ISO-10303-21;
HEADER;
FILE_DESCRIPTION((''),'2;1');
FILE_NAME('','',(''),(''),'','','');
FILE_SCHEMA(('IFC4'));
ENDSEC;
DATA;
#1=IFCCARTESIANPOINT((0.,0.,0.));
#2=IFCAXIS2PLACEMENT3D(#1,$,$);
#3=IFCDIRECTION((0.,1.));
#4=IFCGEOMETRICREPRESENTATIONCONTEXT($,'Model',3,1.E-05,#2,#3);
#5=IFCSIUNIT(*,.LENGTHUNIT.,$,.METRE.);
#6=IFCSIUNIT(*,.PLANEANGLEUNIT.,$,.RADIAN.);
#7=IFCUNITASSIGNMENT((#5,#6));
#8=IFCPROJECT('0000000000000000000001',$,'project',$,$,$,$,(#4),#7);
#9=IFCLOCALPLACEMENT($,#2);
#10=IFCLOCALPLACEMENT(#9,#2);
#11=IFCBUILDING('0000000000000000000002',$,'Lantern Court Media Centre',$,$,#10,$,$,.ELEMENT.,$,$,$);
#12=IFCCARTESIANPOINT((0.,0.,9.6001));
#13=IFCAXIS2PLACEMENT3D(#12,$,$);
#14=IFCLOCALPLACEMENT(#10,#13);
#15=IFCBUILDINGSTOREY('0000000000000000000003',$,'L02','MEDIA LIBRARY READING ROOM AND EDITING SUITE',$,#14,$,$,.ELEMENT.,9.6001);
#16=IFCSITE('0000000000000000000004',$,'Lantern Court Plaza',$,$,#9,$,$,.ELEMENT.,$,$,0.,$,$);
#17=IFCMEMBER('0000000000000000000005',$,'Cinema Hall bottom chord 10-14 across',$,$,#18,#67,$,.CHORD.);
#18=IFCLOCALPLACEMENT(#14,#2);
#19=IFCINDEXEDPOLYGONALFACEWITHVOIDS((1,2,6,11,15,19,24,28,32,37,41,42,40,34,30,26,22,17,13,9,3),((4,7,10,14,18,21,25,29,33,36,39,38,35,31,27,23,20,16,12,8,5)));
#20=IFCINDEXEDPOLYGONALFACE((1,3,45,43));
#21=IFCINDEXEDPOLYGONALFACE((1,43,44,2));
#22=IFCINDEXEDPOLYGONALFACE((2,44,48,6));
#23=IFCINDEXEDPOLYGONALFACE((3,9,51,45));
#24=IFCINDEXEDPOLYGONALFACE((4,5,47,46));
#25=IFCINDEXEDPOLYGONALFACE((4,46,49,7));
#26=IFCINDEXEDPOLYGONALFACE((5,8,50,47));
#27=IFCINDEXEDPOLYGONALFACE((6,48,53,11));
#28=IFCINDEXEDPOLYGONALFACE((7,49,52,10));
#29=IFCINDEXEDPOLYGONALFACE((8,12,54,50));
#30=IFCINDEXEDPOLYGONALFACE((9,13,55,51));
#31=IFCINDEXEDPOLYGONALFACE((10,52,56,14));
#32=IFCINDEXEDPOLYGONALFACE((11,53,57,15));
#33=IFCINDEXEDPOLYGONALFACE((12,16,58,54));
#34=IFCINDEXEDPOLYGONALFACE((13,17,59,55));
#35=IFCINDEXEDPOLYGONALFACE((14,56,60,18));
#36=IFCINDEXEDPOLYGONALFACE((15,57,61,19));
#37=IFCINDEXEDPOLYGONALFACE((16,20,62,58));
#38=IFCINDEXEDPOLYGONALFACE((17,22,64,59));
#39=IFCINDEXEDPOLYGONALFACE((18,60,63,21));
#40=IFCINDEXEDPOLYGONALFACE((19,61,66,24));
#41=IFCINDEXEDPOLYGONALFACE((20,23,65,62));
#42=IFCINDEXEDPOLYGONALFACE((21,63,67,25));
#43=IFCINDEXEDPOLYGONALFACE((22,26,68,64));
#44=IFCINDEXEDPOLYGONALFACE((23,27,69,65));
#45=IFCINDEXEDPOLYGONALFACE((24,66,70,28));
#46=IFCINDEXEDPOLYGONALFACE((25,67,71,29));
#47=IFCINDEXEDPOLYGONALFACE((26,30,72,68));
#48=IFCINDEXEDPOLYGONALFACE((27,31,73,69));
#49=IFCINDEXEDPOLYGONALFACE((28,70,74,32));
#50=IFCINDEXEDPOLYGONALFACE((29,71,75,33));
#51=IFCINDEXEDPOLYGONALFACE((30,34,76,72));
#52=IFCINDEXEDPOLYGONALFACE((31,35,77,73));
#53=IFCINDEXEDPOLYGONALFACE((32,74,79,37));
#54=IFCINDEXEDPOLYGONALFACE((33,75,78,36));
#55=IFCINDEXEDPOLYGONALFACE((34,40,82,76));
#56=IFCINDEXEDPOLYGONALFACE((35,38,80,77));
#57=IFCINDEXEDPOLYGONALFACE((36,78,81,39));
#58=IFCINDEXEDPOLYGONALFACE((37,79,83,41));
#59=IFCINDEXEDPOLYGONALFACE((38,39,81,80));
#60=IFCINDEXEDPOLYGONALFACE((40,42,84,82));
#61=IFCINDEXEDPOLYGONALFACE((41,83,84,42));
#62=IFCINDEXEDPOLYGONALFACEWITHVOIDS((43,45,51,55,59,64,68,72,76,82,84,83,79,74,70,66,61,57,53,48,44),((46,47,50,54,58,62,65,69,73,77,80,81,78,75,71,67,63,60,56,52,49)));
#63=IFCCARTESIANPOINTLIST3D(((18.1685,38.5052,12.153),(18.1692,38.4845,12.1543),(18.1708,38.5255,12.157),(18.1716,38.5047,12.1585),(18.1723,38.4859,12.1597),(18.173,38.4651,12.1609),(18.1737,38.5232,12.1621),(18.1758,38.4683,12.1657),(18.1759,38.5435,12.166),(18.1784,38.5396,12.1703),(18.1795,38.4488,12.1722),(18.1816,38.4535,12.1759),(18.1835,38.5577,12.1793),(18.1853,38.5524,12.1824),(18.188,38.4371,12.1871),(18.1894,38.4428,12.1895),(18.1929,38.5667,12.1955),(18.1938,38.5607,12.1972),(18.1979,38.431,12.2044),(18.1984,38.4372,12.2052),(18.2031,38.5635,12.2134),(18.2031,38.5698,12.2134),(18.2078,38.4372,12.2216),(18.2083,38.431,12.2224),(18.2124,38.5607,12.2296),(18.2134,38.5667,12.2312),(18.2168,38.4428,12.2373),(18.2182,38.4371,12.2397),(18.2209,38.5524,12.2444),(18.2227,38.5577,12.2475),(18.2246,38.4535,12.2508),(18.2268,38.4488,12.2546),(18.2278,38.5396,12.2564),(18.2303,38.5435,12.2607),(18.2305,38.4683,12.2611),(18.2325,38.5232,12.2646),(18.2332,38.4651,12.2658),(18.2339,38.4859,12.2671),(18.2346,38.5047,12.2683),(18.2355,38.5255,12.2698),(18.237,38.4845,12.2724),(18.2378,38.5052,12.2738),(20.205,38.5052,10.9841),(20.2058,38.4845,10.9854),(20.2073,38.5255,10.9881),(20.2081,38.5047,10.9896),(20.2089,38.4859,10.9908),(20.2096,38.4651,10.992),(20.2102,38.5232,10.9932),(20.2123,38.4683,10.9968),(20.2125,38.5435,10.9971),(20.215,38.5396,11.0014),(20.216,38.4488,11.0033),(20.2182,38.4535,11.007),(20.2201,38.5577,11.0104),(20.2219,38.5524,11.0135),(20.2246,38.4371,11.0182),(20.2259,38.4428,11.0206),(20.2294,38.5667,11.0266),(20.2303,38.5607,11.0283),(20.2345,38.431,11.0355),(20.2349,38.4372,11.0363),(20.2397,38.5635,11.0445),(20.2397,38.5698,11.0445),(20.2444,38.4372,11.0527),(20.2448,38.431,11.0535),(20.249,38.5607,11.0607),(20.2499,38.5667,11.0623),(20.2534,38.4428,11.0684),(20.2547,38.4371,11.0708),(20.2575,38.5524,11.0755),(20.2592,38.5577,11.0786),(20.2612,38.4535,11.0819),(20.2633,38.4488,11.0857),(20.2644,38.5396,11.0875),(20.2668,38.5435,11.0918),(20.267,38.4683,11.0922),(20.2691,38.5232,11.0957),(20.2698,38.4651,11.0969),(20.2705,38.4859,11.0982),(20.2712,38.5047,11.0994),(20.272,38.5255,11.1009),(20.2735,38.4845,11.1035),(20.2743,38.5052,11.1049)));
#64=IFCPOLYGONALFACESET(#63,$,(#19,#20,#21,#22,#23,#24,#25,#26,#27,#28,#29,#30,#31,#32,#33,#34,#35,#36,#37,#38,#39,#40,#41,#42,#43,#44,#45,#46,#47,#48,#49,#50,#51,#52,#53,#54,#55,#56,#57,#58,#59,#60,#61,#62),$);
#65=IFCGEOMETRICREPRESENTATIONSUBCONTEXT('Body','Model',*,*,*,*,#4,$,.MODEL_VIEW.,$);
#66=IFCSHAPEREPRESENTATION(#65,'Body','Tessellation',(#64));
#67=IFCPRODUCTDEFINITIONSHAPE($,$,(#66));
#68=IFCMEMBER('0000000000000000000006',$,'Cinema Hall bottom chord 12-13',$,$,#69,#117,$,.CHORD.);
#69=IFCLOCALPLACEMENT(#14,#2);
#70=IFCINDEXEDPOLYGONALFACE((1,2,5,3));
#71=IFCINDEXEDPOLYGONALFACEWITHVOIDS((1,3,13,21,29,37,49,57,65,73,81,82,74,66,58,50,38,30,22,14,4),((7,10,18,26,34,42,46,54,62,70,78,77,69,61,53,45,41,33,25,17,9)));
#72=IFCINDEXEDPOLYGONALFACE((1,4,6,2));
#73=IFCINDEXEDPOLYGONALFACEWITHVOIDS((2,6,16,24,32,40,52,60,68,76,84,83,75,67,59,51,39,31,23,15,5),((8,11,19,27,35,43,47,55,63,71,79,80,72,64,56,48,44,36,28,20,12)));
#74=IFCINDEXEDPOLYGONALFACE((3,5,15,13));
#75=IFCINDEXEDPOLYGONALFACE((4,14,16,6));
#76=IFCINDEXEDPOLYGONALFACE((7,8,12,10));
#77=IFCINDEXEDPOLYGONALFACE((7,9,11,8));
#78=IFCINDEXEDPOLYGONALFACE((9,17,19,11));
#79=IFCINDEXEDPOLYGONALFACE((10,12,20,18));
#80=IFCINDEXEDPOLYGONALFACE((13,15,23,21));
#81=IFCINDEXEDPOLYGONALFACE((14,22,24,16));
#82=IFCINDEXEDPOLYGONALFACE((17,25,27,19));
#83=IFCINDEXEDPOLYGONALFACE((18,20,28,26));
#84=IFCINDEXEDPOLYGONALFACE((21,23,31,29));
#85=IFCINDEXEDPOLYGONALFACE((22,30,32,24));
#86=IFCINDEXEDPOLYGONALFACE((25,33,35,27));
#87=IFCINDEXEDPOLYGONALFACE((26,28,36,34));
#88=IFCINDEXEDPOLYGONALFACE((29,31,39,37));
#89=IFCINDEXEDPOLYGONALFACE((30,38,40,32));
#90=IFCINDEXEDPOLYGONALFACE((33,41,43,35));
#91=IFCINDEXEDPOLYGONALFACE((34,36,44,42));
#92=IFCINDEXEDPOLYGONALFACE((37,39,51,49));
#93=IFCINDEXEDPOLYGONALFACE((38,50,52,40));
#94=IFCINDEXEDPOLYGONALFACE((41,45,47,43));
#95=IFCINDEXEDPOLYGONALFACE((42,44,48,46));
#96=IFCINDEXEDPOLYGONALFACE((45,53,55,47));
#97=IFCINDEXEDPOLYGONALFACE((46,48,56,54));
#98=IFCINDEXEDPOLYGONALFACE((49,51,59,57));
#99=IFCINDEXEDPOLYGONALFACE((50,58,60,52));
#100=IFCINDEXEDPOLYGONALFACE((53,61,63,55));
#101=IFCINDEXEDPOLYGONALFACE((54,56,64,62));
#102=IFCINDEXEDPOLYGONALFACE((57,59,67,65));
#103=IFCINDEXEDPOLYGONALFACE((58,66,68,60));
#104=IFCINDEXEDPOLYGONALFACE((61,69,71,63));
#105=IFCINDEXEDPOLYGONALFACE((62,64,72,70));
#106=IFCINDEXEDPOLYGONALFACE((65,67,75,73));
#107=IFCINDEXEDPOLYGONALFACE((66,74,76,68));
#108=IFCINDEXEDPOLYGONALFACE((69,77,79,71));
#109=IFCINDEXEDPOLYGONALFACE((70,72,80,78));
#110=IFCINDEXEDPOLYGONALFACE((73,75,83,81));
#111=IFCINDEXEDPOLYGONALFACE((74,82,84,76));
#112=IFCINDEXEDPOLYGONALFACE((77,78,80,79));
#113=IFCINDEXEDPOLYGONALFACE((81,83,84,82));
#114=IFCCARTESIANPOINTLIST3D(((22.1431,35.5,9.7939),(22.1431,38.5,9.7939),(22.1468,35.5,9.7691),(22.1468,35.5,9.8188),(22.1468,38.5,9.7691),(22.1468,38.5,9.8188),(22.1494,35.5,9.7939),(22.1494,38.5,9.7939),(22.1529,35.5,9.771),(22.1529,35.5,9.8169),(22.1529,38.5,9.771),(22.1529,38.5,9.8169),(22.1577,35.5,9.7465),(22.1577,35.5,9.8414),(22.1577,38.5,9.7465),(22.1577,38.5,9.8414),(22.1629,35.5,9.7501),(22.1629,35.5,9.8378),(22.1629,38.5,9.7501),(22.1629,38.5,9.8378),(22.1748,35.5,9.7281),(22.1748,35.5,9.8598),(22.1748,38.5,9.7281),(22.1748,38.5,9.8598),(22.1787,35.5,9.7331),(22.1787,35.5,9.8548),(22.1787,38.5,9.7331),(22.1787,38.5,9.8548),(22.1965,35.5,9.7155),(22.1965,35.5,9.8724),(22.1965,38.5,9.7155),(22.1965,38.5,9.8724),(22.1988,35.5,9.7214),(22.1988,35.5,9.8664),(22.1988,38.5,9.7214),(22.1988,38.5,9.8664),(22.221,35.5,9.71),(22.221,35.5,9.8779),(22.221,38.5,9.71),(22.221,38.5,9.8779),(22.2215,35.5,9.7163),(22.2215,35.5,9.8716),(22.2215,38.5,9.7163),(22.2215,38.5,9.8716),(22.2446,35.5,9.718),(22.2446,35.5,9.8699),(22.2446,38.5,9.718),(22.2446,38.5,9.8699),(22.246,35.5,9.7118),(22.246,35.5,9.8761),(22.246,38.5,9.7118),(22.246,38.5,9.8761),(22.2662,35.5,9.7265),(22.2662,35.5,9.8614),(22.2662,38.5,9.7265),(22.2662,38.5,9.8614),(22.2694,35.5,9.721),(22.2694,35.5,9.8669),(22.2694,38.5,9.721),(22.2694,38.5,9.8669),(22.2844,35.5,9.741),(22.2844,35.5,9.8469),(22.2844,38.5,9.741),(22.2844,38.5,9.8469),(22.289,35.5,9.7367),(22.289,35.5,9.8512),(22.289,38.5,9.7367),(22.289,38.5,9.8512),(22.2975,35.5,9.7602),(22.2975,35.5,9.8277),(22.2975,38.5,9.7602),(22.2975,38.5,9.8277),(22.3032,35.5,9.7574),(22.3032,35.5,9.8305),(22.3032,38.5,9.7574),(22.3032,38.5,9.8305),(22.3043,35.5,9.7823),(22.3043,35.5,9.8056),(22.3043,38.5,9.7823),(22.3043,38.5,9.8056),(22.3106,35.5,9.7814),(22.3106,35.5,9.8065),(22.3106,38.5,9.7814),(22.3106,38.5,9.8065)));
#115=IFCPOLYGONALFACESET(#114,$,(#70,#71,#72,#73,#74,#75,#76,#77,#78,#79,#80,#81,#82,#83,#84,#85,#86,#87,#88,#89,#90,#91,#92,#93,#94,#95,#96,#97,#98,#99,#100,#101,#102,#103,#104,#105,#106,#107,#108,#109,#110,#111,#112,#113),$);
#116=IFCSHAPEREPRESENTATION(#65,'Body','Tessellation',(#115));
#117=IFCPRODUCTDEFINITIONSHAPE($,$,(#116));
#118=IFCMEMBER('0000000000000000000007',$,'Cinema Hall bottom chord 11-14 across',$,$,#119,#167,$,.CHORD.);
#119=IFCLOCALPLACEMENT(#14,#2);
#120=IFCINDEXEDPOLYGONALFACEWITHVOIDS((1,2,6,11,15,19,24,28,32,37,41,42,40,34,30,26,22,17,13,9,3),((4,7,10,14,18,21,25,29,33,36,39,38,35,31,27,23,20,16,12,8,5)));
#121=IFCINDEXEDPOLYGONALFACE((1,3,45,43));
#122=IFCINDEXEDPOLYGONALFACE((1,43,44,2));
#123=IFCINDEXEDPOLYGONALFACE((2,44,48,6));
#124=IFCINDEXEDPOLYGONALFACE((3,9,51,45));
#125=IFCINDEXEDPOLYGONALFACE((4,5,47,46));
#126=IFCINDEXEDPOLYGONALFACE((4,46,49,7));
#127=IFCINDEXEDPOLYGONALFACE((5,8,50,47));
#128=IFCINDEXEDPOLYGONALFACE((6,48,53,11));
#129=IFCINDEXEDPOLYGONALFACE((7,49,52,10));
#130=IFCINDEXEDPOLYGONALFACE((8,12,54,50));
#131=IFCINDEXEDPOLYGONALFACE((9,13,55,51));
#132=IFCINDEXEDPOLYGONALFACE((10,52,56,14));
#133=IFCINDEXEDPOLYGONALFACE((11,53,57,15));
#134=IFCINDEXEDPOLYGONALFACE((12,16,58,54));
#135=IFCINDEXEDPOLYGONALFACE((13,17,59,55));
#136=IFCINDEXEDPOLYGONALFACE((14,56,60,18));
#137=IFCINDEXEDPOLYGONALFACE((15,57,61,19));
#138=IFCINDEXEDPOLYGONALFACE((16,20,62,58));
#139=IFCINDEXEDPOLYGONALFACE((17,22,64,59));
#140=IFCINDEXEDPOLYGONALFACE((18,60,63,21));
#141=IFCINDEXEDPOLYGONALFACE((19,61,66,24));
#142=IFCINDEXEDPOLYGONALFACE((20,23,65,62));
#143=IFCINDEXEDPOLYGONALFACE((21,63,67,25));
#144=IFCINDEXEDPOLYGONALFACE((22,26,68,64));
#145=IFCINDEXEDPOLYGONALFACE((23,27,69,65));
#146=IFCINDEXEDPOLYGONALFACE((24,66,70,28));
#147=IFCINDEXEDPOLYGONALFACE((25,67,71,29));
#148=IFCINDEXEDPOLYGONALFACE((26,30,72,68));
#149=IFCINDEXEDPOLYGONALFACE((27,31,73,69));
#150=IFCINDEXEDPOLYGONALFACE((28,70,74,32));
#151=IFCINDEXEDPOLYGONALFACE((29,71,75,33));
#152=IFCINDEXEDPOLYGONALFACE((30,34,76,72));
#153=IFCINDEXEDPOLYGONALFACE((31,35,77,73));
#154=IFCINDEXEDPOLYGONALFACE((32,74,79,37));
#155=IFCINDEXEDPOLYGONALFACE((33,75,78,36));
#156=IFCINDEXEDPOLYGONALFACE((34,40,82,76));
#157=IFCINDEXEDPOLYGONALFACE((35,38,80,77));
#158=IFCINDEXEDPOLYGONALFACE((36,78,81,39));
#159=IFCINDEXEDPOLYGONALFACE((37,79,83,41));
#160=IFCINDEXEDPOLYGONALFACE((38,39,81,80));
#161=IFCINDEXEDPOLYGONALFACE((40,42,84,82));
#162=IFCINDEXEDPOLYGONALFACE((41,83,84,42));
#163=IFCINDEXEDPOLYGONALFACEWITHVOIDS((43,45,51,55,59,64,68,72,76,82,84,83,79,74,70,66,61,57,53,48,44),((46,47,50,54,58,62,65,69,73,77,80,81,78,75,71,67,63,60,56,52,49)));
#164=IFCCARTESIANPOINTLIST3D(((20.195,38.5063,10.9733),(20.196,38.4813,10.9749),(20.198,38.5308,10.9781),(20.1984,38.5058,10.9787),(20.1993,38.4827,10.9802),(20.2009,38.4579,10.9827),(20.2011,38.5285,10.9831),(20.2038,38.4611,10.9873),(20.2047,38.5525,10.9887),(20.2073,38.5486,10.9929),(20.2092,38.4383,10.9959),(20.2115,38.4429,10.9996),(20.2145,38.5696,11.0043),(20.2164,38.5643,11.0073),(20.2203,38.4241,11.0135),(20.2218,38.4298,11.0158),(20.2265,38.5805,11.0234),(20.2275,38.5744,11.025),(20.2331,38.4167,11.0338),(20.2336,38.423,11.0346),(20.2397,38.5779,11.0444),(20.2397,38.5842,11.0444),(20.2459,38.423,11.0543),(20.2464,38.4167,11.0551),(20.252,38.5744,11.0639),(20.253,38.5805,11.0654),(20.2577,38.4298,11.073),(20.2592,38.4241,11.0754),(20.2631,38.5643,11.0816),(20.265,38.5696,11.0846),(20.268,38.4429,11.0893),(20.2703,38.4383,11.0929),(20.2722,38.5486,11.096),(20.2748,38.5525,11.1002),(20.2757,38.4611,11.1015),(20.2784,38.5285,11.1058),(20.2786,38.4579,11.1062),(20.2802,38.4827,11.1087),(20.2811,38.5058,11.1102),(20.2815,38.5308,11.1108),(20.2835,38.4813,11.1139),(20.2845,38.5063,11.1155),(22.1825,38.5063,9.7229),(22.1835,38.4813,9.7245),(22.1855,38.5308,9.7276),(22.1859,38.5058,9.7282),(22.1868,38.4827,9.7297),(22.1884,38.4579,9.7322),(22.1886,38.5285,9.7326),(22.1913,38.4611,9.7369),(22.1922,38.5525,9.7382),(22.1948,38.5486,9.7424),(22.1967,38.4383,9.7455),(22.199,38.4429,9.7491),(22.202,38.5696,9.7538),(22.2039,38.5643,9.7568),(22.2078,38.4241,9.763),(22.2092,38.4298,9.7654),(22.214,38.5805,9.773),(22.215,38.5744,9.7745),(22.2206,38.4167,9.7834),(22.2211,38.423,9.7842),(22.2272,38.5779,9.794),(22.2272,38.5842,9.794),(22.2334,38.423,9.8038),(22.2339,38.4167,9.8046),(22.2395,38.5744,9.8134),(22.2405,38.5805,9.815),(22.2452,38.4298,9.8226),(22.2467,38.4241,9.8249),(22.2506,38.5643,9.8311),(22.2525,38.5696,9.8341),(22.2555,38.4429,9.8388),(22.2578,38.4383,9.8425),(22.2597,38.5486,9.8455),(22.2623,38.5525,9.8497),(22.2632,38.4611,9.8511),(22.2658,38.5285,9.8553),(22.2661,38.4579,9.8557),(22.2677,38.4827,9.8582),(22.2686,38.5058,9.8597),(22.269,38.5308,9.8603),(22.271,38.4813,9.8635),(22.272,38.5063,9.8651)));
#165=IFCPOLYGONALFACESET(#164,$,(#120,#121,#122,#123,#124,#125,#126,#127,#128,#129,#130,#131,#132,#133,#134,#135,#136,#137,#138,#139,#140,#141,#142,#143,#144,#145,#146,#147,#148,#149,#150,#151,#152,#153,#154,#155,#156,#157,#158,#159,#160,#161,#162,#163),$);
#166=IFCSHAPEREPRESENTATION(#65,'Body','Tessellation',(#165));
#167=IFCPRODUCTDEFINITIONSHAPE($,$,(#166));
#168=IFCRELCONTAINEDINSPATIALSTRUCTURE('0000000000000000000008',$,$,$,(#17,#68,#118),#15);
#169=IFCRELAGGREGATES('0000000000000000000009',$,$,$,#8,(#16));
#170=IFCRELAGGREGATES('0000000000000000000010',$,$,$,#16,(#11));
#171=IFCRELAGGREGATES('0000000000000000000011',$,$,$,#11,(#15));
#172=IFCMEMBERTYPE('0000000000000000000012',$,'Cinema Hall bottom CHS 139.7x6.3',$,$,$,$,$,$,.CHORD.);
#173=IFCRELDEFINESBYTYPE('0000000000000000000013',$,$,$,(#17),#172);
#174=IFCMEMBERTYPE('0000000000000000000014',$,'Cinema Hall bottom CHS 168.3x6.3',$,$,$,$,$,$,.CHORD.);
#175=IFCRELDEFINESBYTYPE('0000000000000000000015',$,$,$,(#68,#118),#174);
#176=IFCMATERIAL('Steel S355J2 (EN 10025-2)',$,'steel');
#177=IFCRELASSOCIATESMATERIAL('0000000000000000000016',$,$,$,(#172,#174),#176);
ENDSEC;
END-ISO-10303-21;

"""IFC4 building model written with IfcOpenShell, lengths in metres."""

from ifc_helpers import new_model, si_unit, direction, frame, origin, origin_2d, place, context, subcontext, project, spatial, hollow_circle, extrude, material, material_profile, profile_set, type_object, element, save


model = new_model("IFC4")

# Units and contexts
model_context = context("Model", 3, precision=1e-05, world=origin(), true_north=direction((0.0, 1.0)))
body_context = subcontext(model_context, "Body", "Model", "MODEL_VIEW")
ifc_project = project(units=[si_unit("LENGTHUNIT", "METRE"), si_unit("PLANEANGLEUNIT", "RADIAN")], contexts=[model_context])

# Site, building, storey
site_placement = place(None, origin())
site = spatial("IfcSite", under=ifc_project, at=site_placement, Name="Lantern Court Plaza", CompositionType="ELEMENT", RefElevation=0.0)
building_placement = place(site_placement, origin())
building = spatial("IfcBuilding", under=site, at=building_placement, Name="Lantern Court Media Centre", CompositionType="ELEMENT")
storey_placement = place(building_placement, frame((0.0, 0.0, 9.6001)))
storey = spatial("IfcBuildingStorey", under=building, at=storey_placement, Name="L02", Description="MEDIA LIBRARY READING ROOM AND EDITING SUITE", CompositionType="ELEMENT", Elevation=9.6001)

# Members
ifc_material = material(Name="Steel S355J2 (EN 10025-2)", Category="steel")
ifc_material_profile_1 = material_profile(ifc_material, hollow_circle(Radius=0.0698, WallThickness=0.0063, at=origin_2d()), Name="Cinema Hall bottom CHS 139.7x6.3")
ifc_profile_set_1 = profile_set([ifc_material_profile_1], Name="Steel S355J2 (EN 10025-2)")
member_type_1 = type_object("IfcMemberType", Name="Cinema Hall bottom CHS 139.7x6.3", PredefinedType="CHORD", material=ifc_profile_set_1)
member_1_placement = place(storey_placement, frame((18.2031, 38.5, 12.2134), z_axis=(0.867295, 0.0, -0.497795), x_axis=(0.0, 1.0, 0.0)))
element("IfcMember", 1, at=member_1_placement, inside=storey, type_object=member_type_1, Name="Cinema Hall bottom chord 10-14 across", PredefinedType="CHORD", context=body_context, shape_type="SweptSolid", body=[
    extrude(hollow_circle(Radius=0.0698, WallThickness=0.0063, at=origin_2d()), origin(), (0.0, 0.0, 1.0), 2.3481),
])
ifc_material_profile_2 = material_profile(ifc_material, hollow_circle(Radius=0.0842, WallThickness=0.0063, at=origin_2d()), Name="Cinema Hall bottom CHS 168.3x6.3")
ifc_profile_set_2 = profile_set([ifc_material_profile_2], Name="Steel S355J2 (EN 10025-2)")
member_type_2 = type_object("IfcMemberType", Name="Cinema Hall bottom CHS 168.3x6.3", PredefinedType="CHORD", material=ifc_profile_set_2)
member_2_placement = place(storey_placement, frame((22.2273, 35.5, 9.7939), z_axis=(0.0, 1.0, 0.0), x_axis=(-1.0, 0.0, 0.0)))
element("IfcMember", 2, at=member_2_placement, inside=storey, type_object=member_type_2, Name="Cinema Hall bottom chord 12-13", PredefinedType="CHORD", context=body_context, shape_type="SweptSolid", body=[
    extrude(hollow_circle(Radius=0.0842, WallThickness=0.0063, at=origin_2d()), origin(), (0.0, 0.0, 1.0), 3.0),
])
member_3_placement = place(storey_placement, frame((20.2397, 38.5, 11.0444), z_axis=(0.846412, 0.0, -0.532529), x_axis=(0.0, 1.0, 0.0)))
element("IfcMember", 3, at=member_3_placement, inside=storey, type_object=member_type_2, Name="Cinema Hall bottom chord 11-14 across", PredefinedType="CHORD", context=body_context, shape_type="SweptSolid", body=[
    extrude(hollow_circle(Radius=0.0842, WallThickness=0.0063, at=origin_2d()), origin(), (0.0, 0.0, 1.0), 2.3481),
])

save(model, "model.ifc")
